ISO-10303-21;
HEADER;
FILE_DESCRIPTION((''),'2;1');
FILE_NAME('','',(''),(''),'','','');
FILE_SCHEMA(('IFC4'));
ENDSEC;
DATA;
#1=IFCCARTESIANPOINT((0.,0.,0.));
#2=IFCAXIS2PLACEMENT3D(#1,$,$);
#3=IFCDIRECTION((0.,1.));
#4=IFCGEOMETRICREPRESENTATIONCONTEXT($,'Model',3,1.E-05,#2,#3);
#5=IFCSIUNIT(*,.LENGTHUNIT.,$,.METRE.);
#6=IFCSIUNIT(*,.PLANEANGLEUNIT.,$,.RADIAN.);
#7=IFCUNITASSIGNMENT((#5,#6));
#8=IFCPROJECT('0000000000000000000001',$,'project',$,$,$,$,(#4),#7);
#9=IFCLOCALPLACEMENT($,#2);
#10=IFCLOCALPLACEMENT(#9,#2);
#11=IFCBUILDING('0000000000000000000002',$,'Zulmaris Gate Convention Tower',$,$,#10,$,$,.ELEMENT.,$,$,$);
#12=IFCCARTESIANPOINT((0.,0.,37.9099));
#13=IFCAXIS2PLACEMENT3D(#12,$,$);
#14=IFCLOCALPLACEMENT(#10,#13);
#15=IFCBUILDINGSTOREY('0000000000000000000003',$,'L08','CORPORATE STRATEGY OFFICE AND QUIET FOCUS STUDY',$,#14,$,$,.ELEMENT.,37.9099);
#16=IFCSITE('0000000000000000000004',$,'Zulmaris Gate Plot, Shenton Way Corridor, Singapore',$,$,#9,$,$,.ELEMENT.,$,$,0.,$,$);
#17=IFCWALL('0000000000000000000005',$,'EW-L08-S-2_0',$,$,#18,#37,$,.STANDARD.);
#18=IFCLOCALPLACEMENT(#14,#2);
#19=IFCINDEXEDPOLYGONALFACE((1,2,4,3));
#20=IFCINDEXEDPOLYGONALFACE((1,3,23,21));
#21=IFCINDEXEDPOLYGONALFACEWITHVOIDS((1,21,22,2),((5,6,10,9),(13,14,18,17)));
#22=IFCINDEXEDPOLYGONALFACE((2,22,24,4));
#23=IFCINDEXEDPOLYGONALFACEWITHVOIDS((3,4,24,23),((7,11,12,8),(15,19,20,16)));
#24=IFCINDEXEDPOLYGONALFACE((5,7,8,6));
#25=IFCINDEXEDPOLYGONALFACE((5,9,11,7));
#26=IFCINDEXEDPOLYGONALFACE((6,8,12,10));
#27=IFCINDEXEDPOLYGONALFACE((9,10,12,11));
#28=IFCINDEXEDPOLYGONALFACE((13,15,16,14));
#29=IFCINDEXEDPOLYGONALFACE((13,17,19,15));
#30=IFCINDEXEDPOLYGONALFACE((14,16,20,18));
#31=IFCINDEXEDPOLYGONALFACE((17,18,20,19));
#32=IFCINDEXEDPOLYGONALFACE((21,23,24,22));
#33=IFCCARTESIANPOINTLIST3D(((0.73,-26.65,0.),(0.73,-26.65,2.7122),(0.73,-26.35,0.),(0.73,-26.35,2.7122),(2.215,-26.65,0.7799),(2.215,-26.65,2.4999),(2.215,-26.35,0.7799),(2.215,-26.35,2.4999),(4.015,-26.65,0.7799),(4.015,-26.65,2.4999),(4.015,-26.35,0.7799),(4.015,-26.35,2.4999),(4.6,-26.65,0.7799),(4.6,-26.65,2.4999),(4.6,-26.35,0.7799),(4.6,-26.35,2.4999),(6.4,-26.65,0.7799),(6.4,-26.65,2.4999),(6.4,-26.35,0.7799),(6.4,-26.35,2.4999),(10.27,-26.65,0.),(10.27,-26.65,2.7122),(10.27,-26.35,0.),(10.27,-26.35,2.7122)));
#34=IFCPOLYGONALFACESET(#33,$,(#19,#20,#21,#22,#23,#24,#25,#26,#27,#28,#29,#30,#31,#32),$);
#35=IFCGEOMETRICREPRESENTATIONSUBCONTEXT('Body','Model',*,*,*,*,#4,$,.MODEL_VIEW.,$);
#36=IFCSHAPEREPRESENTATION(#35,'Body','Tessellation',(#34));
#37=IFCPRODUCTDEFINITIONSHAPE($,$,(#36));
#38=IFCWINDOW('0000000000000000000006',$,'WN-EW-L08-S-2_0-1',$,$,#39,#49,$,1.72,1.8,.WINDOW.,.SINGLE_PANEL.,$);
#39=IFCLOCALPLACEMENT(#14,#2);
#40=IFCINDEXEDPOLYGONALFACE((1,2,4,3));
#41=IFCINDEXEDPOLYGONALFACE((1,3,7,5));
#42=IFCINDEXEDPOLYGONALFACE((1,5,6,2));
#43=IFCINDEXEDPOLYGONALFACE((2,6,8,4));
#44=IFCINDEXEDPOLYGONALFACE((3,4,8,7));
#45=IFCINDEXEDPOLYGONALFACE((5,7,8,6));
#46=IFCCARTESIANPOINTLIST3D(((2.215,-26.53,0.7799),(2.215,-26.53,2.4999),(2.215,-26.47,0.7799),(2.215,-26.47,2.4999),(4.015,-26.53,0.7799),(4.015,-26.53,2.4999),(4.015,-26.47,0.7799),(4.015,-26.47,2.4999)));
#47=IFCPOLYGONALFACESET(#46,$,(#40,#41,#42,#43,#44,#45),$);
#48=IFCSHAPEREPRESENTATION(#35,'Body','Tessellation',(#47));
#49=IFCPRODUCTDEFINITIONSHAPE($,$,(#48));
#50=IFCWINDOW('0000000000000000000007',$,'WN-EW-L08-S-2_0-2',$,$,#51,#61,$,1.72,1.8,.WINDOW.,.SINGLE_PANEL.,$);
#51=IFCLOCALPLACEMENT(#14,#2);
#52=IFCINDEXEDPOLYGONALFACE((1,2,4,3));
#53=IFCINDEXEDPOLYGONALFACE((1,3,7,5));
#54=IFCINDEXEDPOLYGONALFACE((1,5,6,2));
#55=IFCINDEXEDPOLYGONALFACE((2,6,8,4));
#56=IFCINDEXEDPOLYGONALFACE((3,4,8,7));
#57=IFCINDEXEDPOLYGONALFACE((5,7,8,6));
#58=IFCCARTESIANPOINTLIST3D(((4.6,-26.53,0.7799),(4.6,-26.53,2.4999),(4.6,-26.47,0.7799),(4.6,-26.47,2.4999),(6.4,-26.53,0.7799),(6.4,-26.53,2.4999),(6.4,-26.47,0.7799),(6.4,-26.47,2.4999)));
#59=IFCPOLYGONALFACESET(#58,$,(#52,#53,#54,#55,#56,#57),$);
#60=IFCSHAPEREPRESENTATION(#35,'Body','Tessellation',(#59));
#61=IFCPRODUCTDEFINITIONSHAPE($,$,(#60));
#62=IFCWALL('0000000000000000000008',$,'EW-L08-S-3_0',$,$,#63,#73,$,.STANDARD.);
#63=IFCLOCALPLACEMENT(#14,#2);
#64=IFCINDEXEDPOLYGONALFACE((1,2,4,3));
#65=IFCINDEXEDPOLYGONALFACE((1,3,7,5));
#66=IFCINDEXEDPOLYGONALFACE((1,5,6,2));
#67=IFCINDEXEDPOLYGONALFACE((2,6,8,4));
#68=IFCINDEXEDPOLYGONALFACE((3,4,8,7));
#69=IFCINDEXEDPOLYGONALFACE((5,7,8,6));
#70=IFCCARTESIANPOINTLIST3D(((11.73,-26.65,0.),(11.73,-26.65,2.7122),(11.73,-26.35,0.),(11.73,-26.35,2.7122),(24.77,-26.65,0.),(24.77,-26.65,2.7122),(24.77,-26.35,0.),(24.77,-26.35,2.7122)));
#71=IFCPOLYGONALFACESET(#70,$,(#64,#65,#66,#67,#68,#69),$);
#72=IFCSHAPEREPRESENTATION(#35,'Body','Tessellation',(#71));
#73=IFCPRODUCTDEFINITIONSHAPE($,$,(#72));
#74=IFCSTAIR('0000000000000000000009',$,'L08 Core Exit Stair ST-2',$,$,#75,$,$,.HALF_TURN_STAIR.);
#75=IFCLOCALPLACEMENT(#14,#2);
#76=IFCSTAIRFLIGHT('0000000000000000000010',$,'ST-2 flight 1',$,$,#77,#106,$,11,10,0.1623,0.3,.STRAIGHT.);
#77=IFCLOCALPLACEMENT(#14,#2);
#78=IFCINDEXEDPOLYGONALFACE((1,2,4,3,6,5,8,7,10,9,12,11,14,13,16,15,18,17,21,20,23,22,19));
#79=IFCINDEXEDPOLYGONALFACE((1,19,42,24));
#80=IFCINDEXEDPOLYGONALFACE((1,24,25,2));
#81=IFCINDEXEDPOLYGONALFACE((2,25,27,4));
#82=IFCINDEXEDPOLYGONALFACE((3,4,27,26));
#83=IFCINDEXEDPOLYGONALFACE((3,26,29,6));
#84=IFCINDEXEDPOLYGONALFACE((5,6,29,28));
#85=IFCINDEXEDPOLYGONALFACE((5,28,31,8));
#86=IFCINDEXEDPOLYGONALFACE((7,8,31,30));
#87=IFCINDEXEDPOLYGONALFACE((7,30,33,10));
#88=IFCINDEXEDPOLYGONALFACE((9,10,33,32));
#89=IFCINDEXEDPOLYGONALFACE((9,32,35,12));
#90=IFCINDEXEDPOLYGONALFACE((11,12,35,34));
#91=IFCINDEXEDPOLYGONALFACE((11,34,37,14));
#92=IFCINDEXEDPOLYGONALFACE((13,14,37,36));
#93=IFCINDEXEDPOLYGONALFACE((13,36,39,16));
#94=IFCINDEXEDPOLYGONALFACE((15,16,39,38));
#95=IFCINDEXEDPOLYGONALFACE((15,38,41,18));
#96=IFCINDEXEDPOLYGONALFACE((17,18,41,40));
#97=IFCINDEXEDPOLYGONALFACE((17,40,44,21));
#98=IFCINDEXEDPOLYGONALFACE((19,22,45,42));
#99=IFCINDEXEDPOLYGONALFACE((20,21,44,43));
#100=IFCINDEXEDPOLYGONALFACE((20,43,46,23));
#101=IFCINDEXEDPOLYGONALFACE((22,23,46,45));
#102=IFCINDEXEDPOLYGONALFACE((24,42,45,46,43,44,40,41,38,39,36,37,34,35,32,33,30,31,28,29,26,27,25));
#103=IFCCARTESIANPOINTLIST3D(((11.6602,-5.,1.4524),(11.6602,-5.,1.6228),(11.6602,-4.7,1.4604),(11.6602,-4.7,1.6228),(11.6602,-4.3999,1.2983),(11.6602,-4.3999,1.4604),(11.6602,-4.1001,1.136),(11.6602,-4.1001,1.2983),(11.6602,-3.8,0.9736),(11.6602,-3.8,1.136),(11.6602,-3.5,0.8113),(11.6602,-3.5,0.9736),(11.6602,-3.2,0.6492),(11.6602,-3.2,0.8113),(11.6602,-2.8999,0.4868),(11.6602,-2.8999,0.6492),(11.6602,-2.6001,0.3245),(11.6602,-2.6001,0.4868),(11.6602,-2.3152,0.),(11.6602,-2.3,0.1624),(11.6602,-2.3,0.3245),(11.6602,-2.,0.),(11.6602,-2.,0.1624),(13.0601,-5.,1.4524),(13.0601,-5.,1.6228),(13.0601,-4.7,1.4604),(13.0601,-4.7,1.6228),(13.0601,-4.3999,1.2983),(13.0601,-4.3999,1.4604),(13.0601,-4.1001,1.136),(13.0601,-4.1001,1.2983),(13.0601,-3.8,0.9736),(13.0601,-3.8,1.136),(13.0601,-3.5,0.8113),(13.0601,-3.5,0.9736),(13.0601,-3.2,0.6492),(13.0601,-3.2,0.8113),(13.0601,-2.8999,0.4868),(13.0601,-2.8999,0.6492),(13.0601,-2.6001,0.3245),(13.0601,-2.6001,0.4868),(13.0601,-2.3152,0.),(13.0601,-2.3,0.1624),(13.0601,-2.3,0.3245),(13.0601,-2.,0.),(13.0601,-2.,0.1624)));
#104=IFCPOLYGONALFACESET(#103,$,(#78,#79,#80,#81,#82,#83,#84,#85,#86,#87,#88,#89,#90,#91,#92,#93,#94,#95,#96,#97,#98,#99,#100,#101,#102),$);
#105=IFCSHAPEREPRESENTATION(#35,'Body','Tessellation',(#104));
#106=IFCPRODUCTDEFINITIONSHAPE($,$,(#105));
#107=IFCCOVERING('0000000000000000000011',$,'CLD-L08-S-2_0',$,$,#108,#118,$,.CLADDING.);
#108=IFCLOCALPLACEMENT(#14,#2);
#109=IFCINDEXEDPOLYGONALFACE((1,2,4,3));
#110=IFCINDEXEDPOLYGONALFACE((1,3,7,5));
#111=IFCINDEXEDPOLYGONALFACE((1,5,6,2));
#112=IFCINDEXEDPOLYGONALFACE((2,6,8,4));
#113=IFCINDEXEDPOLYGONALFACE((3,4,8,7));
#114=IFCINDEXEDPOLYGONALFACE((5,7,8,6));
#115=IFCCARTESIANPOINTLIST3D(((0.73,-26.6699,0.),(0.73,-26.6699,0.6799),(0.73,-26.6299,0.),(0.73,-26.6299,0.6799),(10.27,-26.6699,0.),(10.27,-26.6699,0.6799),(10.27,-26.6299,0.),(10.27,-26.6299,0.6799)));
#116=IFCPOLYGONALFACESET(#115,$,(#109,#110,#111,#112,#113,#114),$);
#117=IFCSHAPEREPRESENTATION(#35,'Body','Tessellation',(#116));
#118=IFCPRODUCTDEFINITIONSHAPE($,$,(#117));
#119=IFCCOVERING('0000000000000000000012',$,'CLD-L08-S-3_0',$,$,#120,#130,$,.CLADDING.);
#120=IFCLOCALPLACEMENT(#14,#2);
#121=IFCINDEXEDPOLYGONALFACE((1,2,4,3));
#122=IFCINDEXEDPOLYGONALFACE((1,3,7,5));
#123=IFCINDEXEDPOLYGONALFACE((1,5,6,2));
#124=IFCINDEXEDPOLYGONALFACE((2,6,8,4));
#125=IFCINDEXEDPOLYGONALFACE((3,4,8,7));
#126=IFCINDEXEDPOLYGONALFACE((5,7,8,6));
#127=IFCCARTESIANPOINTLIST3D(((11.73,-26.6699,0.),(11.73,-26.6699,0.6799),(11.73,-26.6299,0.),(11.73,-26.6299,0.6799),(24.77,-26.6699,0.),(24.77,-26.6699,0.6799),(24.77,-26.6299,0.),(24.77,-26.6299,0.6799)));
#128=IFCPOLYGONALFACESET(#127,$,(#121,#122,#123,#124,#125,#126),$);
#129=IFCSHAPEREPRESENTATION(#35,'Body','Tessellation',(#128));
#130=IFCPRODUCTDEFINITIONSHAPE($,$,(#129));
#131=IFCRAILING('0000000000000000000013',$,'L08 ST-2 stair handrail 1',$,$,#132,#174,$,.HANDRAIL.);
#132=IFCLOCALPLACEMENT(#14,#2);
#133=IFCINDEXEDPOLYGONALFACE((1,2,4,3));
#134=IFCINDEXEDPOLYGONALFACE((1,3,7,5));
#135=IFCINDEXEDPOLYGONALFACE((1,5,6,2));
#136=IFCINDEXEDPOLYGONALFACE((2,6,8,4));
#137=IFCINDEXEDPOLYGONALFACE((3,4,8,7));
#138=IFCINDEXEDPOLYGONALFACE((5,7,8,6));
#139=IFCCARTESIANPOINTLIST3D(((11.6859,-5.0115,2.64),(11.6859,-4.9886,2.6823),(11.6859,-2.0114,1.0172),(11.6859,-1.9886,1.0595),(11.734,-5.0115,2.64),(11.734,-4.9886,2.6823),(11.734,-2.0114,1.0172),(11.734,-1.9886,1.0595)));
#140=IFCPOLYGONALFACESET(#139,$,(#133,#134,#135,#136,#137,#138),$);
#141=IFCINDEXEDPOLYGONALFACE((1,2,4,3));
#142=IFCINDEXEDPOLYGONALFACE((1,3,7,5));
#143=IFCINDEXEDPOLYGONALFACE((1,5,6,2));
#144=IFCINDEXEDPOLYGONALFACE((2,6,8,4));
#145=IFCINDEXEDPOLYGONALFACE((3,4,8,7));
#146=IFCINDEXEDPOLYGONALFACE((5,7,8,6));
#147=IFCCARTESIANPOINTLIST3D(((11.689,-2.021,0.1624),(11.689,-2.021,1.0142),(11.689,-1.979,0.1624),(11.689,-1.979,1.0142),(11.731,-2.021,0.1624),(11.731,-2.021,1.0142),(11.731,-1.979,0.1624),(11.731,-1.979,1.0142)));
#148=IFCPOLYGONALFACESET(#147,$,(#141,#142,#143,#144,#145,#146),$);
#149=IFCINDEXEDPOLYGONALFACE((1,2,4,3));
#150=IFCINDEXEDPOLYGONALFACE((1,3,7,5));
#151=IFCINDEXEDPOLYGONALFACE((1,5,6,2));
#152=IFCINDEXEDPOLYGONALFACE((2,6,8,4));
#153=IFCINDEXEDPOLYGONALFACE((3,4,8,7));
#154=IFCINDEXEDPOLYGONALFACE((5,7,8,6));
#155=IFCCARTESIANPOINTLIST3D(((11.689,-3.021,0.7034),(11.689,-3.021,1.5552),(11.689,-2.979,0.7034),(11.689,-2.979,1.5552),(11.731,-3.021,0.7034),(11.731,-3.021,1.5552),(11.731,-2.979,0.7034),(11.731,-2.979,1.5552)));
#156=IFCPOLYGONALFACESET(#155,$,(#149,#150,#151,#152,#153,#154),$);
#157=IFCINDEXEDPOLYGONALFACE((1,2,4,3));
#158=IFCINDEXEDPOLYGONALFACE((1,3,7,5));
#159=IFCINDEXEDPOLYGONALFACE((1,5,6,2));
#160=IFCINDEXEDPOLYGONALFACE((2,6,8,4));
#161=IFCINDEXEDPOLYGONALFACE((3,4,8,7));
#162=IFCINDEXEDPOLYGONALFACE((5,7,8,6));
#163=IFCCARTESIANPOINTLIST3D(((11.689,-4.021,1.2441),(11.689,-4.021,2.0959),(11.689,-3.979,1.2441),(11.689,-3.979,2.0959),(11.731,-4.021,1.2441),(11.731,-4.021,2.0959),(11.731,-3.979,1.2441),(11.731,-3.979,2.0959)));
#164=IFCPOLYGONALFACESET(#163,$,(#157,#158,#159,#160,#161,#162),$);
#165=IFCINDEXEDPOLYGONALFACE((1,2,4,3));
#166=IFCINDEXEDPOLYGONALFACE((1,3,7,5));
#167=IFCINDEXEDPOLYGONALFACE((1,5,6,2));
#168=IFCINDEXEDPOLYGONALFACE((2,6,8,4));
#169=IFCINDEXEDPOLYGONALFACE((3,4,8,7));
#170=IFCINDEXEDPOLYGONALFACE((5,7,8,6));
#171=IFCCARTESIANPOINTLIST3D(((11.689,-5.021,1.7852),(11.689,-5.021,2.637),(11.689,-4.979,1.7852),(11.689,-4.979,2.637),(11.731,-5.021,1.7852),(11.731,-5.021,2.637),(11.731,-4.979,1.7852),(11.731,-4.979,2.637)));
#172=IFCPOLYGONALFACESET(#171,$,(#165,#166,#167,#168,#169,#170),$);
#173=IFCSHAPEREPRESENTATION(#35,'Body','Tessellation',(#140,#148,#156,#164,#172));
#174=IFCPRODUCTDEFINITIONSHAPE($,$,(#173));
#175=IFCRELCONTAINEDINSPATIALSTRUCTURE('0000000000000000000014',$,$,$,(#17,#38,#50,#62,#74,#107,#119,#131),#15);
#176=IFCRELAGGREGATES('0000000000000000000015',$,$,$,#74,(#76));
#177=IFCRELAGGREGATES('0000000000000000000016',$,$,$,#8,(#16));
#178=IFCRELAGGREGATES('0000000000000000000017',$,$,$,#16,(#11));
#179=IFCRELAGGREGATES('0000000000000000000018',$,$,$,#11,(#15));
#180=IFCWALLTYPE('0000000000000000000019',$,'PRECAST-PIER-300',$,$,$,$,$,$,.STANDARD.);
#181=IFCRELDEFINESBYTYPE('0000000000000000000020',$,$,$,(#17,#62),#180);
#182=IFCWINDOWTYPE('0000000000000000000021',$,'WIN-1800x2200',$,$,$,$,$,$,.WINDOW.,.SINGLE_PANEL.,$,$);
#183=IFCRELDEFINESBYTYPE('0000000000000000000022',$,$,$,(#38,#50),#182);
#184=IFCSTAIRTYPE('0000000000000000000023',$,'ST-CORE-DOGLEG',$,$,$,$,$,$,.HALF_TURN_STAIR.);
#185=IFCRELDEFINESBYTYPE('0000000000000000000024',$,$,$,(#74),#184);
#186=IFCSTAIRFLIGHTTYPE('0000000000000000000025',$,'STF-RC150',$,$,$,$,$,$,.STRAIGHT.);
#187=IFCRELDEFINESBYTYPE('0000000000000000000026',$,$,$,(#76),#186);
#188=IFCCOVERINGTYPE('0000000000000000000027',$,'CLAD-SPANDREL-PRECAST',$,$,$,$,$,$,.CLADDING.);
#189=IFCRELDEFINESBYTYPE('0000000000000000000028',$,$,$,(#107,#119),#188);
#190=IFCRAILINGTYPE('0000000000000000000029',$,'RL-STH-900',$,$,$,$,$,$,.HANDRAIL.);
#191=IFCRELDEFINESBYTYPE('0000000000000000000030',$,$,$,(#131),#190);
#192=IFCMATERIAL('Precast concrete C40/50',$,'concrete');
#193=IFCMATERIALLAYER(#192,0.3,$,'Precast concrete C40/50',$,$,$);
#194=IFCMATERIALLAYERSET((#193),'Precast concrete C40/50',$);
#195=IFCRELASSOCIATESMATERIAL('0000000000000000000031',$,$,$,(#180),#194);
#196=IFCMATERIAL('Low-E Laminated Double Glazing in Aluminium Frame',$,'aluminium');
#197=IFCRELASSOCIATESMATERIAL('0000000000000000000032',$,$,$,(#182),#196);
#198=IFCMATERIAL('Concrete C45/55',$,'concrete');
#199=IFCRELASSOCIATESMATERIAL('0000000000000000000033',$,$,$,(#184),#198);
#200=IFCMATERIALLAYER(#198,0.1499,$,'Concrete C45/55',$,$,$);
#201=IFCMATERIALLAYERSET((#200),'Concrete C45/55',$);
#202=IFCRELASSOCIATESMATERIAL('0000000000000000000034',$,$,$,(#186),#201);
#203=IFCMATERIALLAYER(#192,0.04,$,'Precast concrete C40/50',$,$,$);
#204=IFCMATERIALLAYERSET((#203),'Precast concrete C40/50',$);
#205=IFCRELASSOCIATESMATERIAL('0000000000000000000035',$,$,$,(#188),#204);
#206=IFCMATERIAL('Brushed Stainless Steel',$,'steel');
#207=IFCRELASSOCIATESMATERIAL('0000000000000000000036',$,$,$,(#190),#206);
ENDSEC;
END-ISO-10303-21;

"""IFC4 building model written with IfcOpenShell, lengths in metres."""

from ifc_helpers import new_model, si_unit, direction, frame, frame_2d, origin, origin_2d, place, context, subcontext, project, spatial, polyline, rectangle, outline, extrude, material, layer, layer_set, type_object, element, fill, aggregate, save


model = new_model("IFC4")

# Units and contexts
model_context = context("Model", 3, precision=1e-05, world=origin(), true_north=direction((0.0, 1.0)))
body_context = subcontext(model_context, "Body", "Model", "MODEL_VIEW")
ifc_project = project(units=[si_unit("LENGTHUNIT", "METRE"), si_unit("PLANEANGLEUNIT", "RADIAN")], contexts=[model_context])

# Site, building, storey
site_placement = place(None, origin())
site = spatial("IfcSite", under=ifc_project, at=site_placement, Name="Zulmaris Gate Plot, Shenton Way Corridor, Singapore", CompositionType="ELEMENT", RefElevation=0.0)
building_placement = place(site_placement, origin())
building = spatial("IfcBuilding", under=site, at=building_placement, Name="Zulmaris Gate Convention Tower", CompositionType="ELEMENT")
storey_placement = place(building_placement, frame((0.0, 0.0, 37.9099)))
storey = spatial("IfcBuildingStorey", under=building, at=storey_placement, Name="L08", Description="CORPORATE STRATEGY OFFICE AND QUIET FOCUS STUDY", CompositionType="ELEMENT", Elevation=37.9099)

# Wall, openings, windows
ifc_material_1 = material(Name="Precast concrete C40/50", Category="concrete")
ifc_layer_1 = layer(ifc_material_1, 0.3, Name="Precast concrete C40/50")
ifc_layer_set_1 = layer_set([ifc_layer_1], Name="Precast concrete C40/50")
wall_type_1 = type_object("IfcWallType", Name="PRECAST-PIER-300", PredefinedType="STANDARD", material=ifc_layer_set_1)
wall_1_placement = place(storey_placement, frame((0.73, -26.5, 0.0), z_axis=(0.0, 0.0, 1.0), x_axis=(1.0, 0.0, 0.0)))
wall_1 = element("IfcWall", 1, at=wall_1_placement, inside=storey, type_object=wall_type_1, Name="EW-L08-S-2_0", PredefinedType="STANDARD", context=body_context, shape_type="SweptSolid", body=[
    extrude(rectangle(XDim=9.54, YDim=0.3, at=frame_2d((4.77, 0.0))), origin(), (0.0, 0.0, 1.0), 2.7122),
])
opening_1_placement = place(wall_1_placement, frame((1.4851, 0.0, 0.78)))
opening_1 = element("IfcOpeningElement", 2, at=opening_1_placement, cuts=wall_1, PredefinedType="OPENING", context=body_context, shape_type="SweptSolid", body=[
    extrude(rectangle(XDim=1.8, YDim=1.72, at=frame_2d((0.8999, 0.8599))), frame((0.0, 0.1602, 0.0), z_axis=(0.0, -1.0, 0.0), x_axis=(1.0, 0.0, 0.0)), (0.0, 0.0, 1.0), 0.3201),
])
opening_2_placement = place(wall_1_placement, frame((3.8701, 0.0, 0.78)))
opening_2 = element("IfcOpeningElement", 3, at=opening_2_placement, cuts=wall_1, PredefinedType="OPENING", context=body_context, shape_type="SweptSolid", body=[
    extrude(rectangle(XDim=1.8, YDim=1.72, at=frame_2d((0.8999, 0.8599))), frame((0.0, 0.1602, 0.0), z_axis=(0.0, -1.0, 0.0), x_axis=(1.0, 0.0, 0.0)), (0.0, 0.0, 1.0), 0.3201),
])
ifc_material_2 = material(Name="Low-E Laminated Double Glazing in Aluminium Frame", Category="aluminium")
window_type = type_object("IfcWindowType", Name="WIN-1800x2200", PartitioningType="SINGLE_PANEL", PredefinedType="WINDOW", material=ifc_material_2)
window_1_placement = place(opening_1_placement, origin())
window_1 = element("IfcWindow", 4, at=window_1_placement, inside=storey, type_object=window_type, Name="WN-EW-L08-S-2_0-1", OverallHeight=1.72, OverallWidth=1.8, PartitioningType="SINGLE_PANEL", PredefinedType="WINDOW", context=body_context, shape_type="SweptSolid", body=[
    extrude(rectangle(XDim=1.8, YDim=1.72, at=frame_2d((0.8999, 0.8599))), frame((0.0, 0.03, 0.0), z_axis=(0.0, -1.0, 0.0), x_axis=(1.0, 0.0, 0.0)), (0.0, 0.0, 1.0), 0.0601),
])
fill(opening_1, window_1)
window_2_placement = place(opening_2_placement, origin())
window_2 = element("IfcWindow", 5, at=window_2_placement, inside=storey, type_object=window_type, Name="WN-EW-L08-S-2_0-2", OverallHeight=1.72, OverallWidth=1.8, PartitioningType="SINGLE_PANEL", PredefinedType="WINDOW", context=body_context, shape_type="SweptSolid", body=[
    extrude(rectangle(XDim=1.8, YDim=1.72, at=frame_2d((0.8999, 0.8599))), frame((0.0, 0.03, 0.0), z_axis=(0.0, -1.0, 0.0), x_axis=(1.0, 0.0, 0.0)), (0.0, 0.0, 1.0), 0.0601),
])
fill(opening_2, window_2)

# Wall
wall_2_placement = place(storey_placement, frame((11.73, -26.5, 0.0), z_axis=(0.0, 0.0, 1.0), x_axis=(1.0, 0.0, 0.0)))
element("IfcWall", 6, at=wall_2_placement, inside=storey, type_object=wall_type_1, Name="EW-L08-S-3_0", PredefinedType="STANDARD", context=body_context, shape_type="SweptSolid", body=[
    extrude(rectangle(XDim=13.04, YDim=0.3, at=frame_2d((6.52, 0.0))), origin(), (0.0, 0.0, 1.0), 2.7122),
])

# Stair, stair flight
ifc_material_3 = material(Name="Concrete C45/55", Category="concrete")
stair_type = type_object("IfcStairType", Name="ST-CORE-DOGLEG", PredefinedType="HALF_TURN_STAIR", material=ifc_material_3)
stair_placement = place(storey_placement, origin())
stair = element("IfcStair", 7, at=stair_placement, inside=storey, type_object=stair_type, Name="L08 Core Exit Stair ST-2", PredefinedType="HALF_TURN_STAIR")
ifc_layer_2 = layer(ifc_material_3, 0.1499, Name="Concrete C45/55")
ifc_layer_set_2 = layer_set([ifc_layer_2], Name="Concrete C45/55")
stair_flight_type = type_object("IfcStairFlightType", Name="STF-RC150", PredefinedType="STRAIGHT", material=ifc_layer_set_2)
stair_flight_placement = place(storey_placement, frame((12.3601, -2.0, 0.0), z_axis=(0.0, 0.0, 1.0), x_axis=(0.0, -1.0, 0.0)))
stair_flight = element("IfcStairFlight", 8, at=stair_flight_placement, type_object=stair_flight_type, Name="ST-2 flight 1", NumberOfRisers=11, NumberOfTreads=10, PredefinedType="STRAIGHT", RiserHeight=0.1623, TreadLength=0.3, context=body_context, shape_type="SweptSolid", body=[
    extrude(outline(polyline([(0.0, 0.0), (0.0, 0.1624), (0.3, 0.1624), (0.3, 0.3245), (0.6001, 0.3245), (0.6001, 0.4868), (0.8999, 0.4868), (0.8999, 0.6492), (1.2, 0.6492), (1.2, 0.8113), (1.5, 0.8113), (1.5, 0.9736), (1.8, 0.9736), (1.8, 1.136), (2.1001, 1.136), (2.1001, 1.2983), (2.3999, 1.2983), (2.3999, 1.4604), (2.7, 1.4604), (2.7, 1.6228), (3.0, 1.6228), (3.0, 1.7852), (3.0, 1.4524), (0.3152, 0.0), (0.0, 0.0)])), frame((0.0, 0.7, 0.0), z_axis=(0.0, -1.0, 0.0), x_axis=(1.0, 0.0, 0.0)), (0.0, 0.0, 1.0), 1.3999),
])
aggregate(stair, [stair_flight])

# Coverings
ifc_layer_3 = layer(ifc_material_1, 0.04, Name="Precast concrete C40/50")
ifc_layer_set_3 = layer_set([ifc_layer_3], Name="Precast concrete C40/50")
covering_type = type_object("IfcCoveringType", Name="CLAD-SPANDREL-PRECAST", PredefinedType="CLADDING", material=ifc_layer_set_3)
covering_1_placement = place(storey_placement, frame((0.73, -26.6499, 0.0), z_axis=(0.0, 0.0, 1.0), x_axis=(1.0, 0.0, 0.0)))
element("IfcCovering", 9, at=covering_1_placement, inside=storey, type_object=covering_type, Name="CLD-L08-S-2_0", PredefinedType="CLADDING", context=body_context, shape_type="SweptSolid", body=[
    extrude(rectangle(XDim=9.54, YDim=0.04, at=frame_2d((4.77, 0.0))), origin(), (0.0, 0.0, 1.0), 0.6799),
])
covering_2_placement = place(storey_placement, frame((11.73, -26.6499, 0.0), z_axis=(0.0, 0.0, 1.0), x_axis=(1.0, 0.0, 0.0)))
element("IfcCovering", 10, at=covering_2_placement, inside=storey, type_object=covering_type, Name="CLD-L08-S-3_0", PredefinedType="CLADDING", context=body_context, shape_type="SweptSolid", body=[
    extrude(rectangle(XDim=13.04, YDim=0.04, at=frame_2d((6.52, 0.0))), origin(), (0.0, 0.0, 1.0), 0.6799),
])

# Railing
ifc_material_4 = material(Name="Brushed Stainless Steel", Category="steel")
railing_type = type_object("IfcRailingType", Name="RL-STH-900", PredefinedType="HANDRAIL", material=ifc_material_4)
railing_placement = place(storey_placement, frame((11.71, -2.0, 0.1624)))
element("IfcRailing", 11, at=railing_placement, inside=storey, type_object=railing_type, Name="L08 ST-2 stair handrail 1", PredefinedType="HANDRAIL", context=body_context, shape_type="SweptSolid", body=[
    extrude(rectangle(XDim=0.0481, YDim=0.0481, at=origin_2d()), frame((0.0, 0.0, 0.876), z_axis=(0.0, -0.879562, 0.475785), x_axis=(1.0, 0.0, 0.0)), (0.0, 0.0, 1.0), 3.4109),
    extrude(rectangle(XDim=0.042, YDim=0.042, at=origin_2d()), origin(), (0.0, 0.0, 1.0), 0.8518),
    extrude(rectangle(XDim=0.042, YDim=0.042, at=origin_2d()), frame((0.0, -1.0, 0.541)), (0.0, 0.0, 1.0), 0.8518),
    extrude(rectangle(XDim=0.042, YDim=0.042, at=origin_2d()), frame((0.0, -2.0, 1.0818)), (0.0, 0.0, 1.0), 0.8518),
    extrude(rectangle(XDim=0.042, YDim=0.042, at=origin_2d()), frame((0.0, -3.0, 1.6228)), (0.0, 0.0, 1.0), 0.8518),
])

save(model, "model.ifc")
